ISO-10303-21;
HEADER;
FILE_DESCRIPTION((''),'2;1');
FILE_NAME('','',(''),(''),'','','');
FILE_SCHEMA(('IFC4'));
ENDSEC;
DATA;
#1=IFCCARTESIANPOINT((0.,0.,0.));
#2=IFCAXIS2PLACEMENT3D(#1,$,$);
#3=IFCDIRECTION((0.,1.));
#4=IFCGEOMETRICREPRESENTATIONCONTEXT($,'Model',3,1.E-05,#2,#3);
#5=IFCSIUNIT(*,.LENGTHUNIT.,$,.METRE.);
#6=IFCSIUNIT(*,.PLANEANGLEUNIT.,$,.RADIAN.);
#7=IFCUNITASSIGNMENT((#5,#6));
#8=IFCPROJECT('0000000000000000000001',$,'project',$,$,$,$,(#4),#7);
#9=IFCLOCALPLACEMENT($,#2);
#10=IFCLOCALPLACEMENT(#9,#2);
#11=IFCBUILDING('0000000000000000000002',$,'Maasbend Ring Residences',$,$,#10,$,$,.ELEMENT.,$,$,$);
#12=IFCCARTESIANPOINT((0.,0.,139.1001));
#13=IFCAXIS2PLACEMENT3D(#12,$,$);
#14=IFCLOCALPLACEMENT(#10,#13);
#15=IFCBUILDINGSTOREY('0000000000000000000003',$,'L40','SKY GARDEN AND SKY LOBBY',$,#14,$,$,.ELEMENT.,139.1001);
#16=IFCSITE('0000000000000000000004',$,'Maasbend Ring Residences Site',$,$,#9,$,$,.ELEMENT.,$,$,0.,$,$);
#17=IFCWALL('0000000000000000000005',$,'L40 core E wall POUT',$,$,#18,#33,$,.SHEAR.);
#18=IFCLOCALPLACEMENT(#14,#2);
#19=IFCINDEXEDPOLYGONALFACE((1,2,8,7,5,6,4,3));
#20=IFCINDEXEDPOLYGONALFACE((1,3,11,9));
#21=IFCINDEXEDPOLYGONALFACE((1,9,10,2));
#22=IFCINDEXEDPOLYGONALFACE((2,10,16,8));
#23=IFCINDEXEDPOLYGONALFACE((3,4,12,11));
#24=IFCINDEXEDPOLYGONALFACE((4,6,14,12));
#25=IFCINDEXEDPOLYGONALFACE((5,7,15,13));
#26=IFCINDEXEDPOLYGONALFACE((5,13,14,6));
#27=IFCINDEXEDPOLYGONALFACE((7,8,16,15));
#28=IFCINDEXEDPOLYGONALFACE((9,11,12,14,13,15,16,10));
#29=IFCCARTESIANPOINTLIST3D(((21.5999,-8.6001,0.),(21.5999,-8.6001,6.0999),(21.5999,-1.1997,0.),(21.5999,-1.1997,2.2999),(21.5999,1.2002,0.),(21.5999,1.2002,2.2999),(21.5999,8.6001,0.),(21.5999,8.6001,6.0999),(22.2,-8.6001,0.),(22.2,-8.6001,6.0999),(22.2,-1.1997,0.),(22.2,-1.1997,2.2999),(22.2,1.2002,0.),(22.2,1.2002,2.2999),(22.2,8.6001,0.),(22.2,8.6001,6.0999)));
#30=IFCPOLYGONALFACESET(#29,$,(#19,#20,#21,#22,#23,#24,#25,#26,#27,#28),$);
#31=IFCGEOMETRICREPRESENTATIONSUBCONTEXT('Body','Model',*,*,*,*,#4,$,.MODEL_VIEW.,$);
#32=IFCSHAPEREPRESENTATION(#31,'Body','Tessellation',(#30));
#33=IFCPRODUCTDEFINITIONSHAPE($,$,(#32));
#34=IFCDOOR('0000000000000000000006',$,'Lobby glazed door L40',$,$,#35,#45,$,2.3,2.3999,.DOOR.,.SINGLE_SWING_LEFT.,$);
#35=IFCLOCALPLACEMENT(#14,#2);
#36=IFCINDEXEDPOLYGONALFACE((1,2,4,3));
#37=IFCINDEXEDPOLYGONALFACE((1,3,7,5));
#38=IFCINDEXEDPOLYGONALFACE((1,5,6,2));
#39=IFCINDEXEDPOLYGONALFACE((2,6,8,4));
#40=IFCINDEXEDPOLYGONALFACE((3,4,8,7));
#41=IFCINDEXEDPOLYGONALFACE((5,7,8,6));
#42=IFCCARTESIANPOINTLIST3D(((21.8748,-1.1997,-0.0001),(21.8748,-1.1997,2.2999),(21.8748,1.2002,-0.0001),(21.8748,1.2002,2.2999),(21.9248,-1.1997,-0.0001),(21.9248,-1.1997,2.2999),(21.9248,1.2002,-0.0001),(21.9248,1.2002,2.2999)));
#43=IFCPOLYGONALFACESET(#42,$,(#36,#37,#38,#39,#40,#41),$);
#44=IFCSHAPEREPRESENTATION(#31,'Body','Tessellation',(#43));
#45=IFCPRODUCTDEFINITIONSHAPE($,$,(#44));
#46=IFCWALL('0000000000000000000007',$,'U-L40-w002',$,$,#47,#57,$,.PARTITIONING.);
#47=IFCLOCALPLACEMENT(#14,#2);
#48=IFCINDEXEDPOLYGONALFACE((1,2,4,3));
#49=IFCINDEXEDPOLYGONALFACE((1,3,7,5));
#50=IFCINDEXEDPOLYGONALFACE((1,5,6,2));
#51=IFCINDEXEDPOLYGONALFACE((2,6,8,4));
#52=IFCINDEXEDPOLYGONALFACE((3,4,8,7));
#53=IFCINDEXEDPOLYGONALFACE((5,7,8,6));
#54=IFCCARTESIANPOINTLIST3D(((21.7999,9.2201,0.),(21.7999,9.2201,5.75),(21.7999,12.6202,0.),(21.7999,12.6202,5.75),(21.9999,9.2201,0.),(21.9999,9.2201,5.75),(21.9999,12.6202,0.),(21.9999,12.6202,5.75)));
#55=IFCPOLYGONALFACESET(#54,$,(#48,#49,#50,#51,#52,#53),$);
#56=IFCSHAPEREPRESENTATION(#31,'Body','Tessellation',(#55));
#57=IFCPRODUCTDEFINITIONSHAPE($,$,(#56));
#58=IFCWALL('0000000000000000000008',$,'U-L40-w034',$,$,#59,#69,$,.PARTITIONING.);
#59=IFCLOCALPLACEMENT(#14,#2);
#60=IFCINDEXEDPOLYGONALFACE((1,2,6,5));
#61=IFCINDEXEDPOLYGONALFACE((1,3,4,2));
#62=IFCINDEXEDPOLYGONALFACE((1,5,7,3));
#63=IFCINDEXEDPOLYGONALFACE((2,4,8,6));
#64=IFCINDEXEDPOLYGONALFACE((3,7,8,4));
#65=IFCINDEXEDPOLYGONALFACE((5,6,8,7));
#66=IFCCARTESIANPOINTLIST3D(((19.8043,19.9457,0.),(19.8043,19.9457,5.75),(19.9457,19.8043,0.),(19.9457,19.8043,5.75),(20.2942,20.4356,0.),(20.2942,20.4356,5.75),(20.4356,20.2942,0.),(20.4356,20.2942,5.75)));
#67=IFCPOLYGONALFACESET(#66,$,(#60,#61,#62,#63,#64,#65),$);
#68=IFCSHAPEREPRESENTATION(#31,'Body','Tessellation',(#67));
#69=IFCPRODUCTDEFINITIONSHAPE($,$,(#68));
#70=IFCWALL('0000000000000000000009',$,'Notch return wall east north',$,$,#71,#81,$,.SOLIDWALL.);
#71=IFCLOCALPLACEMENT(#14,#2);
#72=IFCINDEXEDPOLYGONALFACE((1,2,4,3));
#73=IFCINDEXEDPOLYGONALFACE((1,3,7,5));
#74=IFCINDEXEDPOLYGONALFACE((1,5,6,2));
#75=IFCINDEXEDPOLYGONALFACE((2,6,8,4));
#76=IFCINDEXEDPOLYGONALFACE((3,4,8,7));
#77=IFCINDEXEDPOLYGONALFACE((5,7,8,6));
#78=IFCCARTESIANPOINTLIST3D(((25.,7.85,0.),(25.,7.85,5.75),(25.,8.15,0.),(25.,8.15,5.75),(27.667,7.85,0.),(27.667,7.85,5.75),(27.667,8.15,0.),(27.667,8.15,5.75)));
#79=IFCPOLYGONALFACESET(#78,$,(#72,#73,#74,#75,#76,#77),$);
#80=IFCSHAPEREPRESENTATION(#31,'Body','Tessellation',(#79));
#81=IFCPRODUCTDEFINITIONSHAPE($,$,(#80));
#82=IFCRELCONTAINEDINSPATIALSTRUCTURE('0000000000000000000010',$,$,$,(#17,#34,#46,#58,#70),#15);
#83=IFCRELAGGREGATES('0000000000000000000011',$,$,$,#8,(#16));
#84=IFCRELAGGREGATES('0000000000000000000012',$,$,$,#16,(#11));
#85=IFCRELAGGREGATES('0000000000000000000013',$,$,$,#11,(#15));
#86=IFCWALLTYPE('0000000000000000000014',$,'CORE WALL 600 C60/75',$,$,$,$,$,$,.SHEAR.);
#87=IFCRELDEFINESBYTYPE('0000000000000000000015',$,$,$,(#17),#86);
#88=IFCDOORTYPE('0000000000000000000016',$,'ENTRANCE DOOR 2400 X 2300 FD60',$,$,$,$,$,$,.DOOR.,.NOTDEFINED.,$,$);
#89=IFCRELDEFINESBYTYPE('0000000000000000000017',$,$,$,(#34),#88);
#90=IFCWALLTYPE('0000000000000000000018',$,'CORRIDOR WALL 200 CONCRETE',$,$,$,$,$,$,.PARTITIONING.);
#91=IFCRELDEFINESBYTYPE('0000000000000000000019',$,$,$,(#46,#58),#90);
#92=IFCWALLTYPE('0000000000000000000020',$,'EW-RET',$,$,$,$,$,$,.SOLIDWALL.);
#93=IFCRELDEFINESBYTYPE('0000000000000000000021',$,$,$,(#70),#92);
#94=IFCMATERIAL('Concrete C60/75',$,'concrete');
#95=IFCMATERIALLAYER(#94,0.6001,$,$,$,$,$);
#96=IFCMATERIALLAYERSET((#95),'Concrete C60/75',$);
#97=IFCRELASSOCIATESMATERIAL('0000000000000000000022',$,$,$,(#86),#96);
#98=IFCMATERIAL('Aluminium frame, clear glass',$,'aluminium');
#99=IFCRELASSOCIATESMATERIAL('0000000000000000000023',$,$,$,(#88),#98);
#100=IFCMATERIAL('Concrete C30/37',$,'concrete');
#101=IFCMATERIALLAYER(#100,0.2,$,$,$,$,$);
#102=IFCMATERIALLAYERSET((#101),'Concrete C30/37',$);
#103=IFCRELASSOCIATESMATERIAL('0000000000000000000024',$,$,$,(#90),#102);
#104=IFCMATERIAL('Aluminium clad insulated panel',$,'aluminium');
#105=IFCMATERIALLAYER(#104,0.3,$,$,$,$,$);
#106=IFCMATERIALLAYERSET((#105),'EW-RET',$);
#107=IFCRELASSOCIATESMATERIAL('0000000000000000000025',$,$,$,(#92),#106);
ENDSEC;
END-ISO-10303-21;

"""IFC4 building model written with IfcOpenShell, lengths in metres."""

from ifc_helpers import new_model, si_unit, direction, frame, frame_2d, origin, place, context, subcontext, project, spatial, rectangle, extrude, material, layer, layer_set, type_object, element, fill, save


model = new_model("IFC4")

# Units and contexts
model_context = context("Model", 3, precision=1e-05, world=origin(), true_north=direction((0.0, 1.0)))
body_context = subcontext(model_context, "Body", "Model", "MODEL_VIEW")
ifc_project = project(units=[si_unit("LENGTHUNIT", "METRE"), si_unit("PLANEANGLEUNIT", "RADIAN")], contexts=[model_context])

# Site, building, storey
site_placement = place(None, origin())
site = spatial("IfcSite", under=ifc_project, at=site_placement, Name="Maasbend Ring Residences Site", CompositionType="ELEMENT", RefElevation=0.0)
building_placement = place(site_placement, origin())
building = spatial("IfcBuilding", under=site, at=building_placement, Name="Maasbend Ring Residences", CompositionType="ELEMENT")
storey_placement = place(building_placement, frame((0.0, 0.0, 139.1001)))
storey = spatial("IfcBuildingStorey", under=building, at=storey_placement, Name="L40", Description="SKY GARDEN AND SKY LOBBY", CompositionType="ELEMENT", Elevation=139.1001)

# Wall, opening, door
ifc_material_1 = material(Name="Concrete C60/75", Category="concrete")
ifc_layer_1 = layer(ifc_material_1, 0.6001)
ifc_layer_set_1 = layer_set([ifc_layer_1], Name="Concrete C60/75")
wall_type_1 = type_object("IfcWallType", Name="CORE WALL 600 C60/75", PredefinedType="SHEAR", material=ifc_layer_set_1)
wall_1_placement = place(storey_placement, frame((21.8999, 8.6001, 0.0), z_axis=(0.0, 0.0, 1.0), x_axis=(0.0, -1.0, 0.0)))
wall_1 = element("IfcWall", 1, at=wall_1_placement, inside=storey, type_object=wall_type_1, Name="L40 core E wall POUT", PredefinedType="SHEAR", context=body_context, shape_type="SweptSolid", body=[
    extrude(rectangle(XDim=17.2002, YDim=0.6001, at=frame_2d((8.6001, 0.0))), origin(), (0.0, 0.0, 1.0), 6.0999),
])
opening_1_placement = place(wall_1_placement, frame((7.3999, 0.0, 0.0)))
opening_1 = element("IfcOpeningElement", 2, at=opening_1_placement, cuts=wall_1, PredefinedType="OPENING", context=body_context, shape_type="SweptSolid", body=[
    extrude(rectangle(XDim=2.3999, YDim=2.3, at=frame_2d((1.2, 1.1499))), frame((0.0, 0.3101, 0.0), z_axis=(0.0, -1.0, 0.0), x_axis=(1.0, 0.0, 0.0)), (0.0, 0.0, 1.0), 0.6201),
])
ifc_material_2 = material(Name="Aluminium frame, clear glass", Category="aluminium")
door_type_1 = type_object("IfcDoorType", Name="ENTRANCE DOOR 2400 X 2300 FD60", OperationType="NOTDEFINED", PredefinedType="DOOR", material=ifc_material_2)
door_1_placement = place(opening_1_placement, origin())
door_1 = element("IfcDoor", 3, at=door_1_placement, inside=storey, type_object=door_type_1, Name="Lobby glazed door L40", OperationType="SINGLE_SWING_LEFT", OverallHeight=2.3, OverallWidth=2.3999, PredefinedType="DOOR", context=body_context, shape_type="SweptSolid", body=[
    extrude(rectangle(XDim=2.3999, YDim=2.3, at=frame_2d((1.2, 1.1499))), frame((0.0, 0.0249, 0.0), z_axis=(0.0, -1.0, 0.0), x_axis=(1.0, 0.0, 0.0)), (0.0, 0.0, 1.0), 0.05),
])
fill(opening_1, door_1)

# Walls
ifc_material_3 = material(Name="Concrete C30/37", Category="concrete")
ifc_layer_2 = layer(ifc_material_3, 0.2)
ifc_layer_set_2 = layer_set([ifc_layer_2], Name="Concrete C30/37")
wall_type_2 = type_object("IfcWallType", Name="CORRIDOR WALL 200 CONCRETE", PredefinedType="PARTITIONING", material=ifc_layer_set_2)
wall_2_placement = place(storey_placement, frame((21.8999, 9.22, 0.0), z_axis=(0.0, 0.0, 1.0), x_axis=(0.0, 1.0, 0.0)))
element("IfcWall", 4, at=wall_2_placement, inside=storey, type_object=wall_type_2, Name="U-L40-w002", PredefinedType="PARTITIONING", context=body_context, shape_type="SweptSolid", body=[
    extrude(rectangle(XDim=3.4001, YDim=0.2, at=frame_2d((1.7002, 0.0))), origin(), (0.0, 0.0, 1.0), 5.75),
])
wall_3_placement = place(storey_placement, frame((19.875, 19.875, 0.0), z_axis=(0.0, 0.0, 1.0), x_axis=(0.707107, 0.707107, 0.0)))
element("IfcWall", 5, at=wall_3_placement, inside=storey, type_object=wall_type_2, Name="U-L40-w034", PredefinedType="PARTITIONING", context=body_context, shape_type="SweptSolid", body=[
    extrude(rectangle(XDim=0.6929, YDim=0.2, at=frame_2d((0.3464, 0.0))), origin(), (0.0, 0.0, 1.0), 5.75),
])
ifc_material_4 = material(Name="Aluminium clad insulated panel", Category="aluminium")
ifc_layer_3 = layer(ifc_material_4, 0.3)
ifc_layer_set_3 = layer_set([ifc_layer_3], Name="EW-RET")
wall_type_3 = type_object("IfcWallType", Name="EW-RET", PredefinedType="SOLIDWALL", material=ifc_layer_set_3)
wall_4_placement = place(storey_placement, frame((25.0, 8.0, 0.0), z_axis=(0.0, 0.0, 1.0), x_axis=(1.0, 0.0, 0.0)))
element("IfcWall", 6, at=wall_4_placement, inside=storey, type_object=wall_type_3, Name="Notch return wall east north", PredefinedType="SOLIDWALL", context=body_context, shape_type="SweptSolid", body=[
    extrude(rectangle(XDim=2.667, YDim=0.3, at=frame_2d((1.3335, 0.0))), origin(), (0.0, 0.0, 1.0), 5.75),
])

save(model, "model.ifc")
